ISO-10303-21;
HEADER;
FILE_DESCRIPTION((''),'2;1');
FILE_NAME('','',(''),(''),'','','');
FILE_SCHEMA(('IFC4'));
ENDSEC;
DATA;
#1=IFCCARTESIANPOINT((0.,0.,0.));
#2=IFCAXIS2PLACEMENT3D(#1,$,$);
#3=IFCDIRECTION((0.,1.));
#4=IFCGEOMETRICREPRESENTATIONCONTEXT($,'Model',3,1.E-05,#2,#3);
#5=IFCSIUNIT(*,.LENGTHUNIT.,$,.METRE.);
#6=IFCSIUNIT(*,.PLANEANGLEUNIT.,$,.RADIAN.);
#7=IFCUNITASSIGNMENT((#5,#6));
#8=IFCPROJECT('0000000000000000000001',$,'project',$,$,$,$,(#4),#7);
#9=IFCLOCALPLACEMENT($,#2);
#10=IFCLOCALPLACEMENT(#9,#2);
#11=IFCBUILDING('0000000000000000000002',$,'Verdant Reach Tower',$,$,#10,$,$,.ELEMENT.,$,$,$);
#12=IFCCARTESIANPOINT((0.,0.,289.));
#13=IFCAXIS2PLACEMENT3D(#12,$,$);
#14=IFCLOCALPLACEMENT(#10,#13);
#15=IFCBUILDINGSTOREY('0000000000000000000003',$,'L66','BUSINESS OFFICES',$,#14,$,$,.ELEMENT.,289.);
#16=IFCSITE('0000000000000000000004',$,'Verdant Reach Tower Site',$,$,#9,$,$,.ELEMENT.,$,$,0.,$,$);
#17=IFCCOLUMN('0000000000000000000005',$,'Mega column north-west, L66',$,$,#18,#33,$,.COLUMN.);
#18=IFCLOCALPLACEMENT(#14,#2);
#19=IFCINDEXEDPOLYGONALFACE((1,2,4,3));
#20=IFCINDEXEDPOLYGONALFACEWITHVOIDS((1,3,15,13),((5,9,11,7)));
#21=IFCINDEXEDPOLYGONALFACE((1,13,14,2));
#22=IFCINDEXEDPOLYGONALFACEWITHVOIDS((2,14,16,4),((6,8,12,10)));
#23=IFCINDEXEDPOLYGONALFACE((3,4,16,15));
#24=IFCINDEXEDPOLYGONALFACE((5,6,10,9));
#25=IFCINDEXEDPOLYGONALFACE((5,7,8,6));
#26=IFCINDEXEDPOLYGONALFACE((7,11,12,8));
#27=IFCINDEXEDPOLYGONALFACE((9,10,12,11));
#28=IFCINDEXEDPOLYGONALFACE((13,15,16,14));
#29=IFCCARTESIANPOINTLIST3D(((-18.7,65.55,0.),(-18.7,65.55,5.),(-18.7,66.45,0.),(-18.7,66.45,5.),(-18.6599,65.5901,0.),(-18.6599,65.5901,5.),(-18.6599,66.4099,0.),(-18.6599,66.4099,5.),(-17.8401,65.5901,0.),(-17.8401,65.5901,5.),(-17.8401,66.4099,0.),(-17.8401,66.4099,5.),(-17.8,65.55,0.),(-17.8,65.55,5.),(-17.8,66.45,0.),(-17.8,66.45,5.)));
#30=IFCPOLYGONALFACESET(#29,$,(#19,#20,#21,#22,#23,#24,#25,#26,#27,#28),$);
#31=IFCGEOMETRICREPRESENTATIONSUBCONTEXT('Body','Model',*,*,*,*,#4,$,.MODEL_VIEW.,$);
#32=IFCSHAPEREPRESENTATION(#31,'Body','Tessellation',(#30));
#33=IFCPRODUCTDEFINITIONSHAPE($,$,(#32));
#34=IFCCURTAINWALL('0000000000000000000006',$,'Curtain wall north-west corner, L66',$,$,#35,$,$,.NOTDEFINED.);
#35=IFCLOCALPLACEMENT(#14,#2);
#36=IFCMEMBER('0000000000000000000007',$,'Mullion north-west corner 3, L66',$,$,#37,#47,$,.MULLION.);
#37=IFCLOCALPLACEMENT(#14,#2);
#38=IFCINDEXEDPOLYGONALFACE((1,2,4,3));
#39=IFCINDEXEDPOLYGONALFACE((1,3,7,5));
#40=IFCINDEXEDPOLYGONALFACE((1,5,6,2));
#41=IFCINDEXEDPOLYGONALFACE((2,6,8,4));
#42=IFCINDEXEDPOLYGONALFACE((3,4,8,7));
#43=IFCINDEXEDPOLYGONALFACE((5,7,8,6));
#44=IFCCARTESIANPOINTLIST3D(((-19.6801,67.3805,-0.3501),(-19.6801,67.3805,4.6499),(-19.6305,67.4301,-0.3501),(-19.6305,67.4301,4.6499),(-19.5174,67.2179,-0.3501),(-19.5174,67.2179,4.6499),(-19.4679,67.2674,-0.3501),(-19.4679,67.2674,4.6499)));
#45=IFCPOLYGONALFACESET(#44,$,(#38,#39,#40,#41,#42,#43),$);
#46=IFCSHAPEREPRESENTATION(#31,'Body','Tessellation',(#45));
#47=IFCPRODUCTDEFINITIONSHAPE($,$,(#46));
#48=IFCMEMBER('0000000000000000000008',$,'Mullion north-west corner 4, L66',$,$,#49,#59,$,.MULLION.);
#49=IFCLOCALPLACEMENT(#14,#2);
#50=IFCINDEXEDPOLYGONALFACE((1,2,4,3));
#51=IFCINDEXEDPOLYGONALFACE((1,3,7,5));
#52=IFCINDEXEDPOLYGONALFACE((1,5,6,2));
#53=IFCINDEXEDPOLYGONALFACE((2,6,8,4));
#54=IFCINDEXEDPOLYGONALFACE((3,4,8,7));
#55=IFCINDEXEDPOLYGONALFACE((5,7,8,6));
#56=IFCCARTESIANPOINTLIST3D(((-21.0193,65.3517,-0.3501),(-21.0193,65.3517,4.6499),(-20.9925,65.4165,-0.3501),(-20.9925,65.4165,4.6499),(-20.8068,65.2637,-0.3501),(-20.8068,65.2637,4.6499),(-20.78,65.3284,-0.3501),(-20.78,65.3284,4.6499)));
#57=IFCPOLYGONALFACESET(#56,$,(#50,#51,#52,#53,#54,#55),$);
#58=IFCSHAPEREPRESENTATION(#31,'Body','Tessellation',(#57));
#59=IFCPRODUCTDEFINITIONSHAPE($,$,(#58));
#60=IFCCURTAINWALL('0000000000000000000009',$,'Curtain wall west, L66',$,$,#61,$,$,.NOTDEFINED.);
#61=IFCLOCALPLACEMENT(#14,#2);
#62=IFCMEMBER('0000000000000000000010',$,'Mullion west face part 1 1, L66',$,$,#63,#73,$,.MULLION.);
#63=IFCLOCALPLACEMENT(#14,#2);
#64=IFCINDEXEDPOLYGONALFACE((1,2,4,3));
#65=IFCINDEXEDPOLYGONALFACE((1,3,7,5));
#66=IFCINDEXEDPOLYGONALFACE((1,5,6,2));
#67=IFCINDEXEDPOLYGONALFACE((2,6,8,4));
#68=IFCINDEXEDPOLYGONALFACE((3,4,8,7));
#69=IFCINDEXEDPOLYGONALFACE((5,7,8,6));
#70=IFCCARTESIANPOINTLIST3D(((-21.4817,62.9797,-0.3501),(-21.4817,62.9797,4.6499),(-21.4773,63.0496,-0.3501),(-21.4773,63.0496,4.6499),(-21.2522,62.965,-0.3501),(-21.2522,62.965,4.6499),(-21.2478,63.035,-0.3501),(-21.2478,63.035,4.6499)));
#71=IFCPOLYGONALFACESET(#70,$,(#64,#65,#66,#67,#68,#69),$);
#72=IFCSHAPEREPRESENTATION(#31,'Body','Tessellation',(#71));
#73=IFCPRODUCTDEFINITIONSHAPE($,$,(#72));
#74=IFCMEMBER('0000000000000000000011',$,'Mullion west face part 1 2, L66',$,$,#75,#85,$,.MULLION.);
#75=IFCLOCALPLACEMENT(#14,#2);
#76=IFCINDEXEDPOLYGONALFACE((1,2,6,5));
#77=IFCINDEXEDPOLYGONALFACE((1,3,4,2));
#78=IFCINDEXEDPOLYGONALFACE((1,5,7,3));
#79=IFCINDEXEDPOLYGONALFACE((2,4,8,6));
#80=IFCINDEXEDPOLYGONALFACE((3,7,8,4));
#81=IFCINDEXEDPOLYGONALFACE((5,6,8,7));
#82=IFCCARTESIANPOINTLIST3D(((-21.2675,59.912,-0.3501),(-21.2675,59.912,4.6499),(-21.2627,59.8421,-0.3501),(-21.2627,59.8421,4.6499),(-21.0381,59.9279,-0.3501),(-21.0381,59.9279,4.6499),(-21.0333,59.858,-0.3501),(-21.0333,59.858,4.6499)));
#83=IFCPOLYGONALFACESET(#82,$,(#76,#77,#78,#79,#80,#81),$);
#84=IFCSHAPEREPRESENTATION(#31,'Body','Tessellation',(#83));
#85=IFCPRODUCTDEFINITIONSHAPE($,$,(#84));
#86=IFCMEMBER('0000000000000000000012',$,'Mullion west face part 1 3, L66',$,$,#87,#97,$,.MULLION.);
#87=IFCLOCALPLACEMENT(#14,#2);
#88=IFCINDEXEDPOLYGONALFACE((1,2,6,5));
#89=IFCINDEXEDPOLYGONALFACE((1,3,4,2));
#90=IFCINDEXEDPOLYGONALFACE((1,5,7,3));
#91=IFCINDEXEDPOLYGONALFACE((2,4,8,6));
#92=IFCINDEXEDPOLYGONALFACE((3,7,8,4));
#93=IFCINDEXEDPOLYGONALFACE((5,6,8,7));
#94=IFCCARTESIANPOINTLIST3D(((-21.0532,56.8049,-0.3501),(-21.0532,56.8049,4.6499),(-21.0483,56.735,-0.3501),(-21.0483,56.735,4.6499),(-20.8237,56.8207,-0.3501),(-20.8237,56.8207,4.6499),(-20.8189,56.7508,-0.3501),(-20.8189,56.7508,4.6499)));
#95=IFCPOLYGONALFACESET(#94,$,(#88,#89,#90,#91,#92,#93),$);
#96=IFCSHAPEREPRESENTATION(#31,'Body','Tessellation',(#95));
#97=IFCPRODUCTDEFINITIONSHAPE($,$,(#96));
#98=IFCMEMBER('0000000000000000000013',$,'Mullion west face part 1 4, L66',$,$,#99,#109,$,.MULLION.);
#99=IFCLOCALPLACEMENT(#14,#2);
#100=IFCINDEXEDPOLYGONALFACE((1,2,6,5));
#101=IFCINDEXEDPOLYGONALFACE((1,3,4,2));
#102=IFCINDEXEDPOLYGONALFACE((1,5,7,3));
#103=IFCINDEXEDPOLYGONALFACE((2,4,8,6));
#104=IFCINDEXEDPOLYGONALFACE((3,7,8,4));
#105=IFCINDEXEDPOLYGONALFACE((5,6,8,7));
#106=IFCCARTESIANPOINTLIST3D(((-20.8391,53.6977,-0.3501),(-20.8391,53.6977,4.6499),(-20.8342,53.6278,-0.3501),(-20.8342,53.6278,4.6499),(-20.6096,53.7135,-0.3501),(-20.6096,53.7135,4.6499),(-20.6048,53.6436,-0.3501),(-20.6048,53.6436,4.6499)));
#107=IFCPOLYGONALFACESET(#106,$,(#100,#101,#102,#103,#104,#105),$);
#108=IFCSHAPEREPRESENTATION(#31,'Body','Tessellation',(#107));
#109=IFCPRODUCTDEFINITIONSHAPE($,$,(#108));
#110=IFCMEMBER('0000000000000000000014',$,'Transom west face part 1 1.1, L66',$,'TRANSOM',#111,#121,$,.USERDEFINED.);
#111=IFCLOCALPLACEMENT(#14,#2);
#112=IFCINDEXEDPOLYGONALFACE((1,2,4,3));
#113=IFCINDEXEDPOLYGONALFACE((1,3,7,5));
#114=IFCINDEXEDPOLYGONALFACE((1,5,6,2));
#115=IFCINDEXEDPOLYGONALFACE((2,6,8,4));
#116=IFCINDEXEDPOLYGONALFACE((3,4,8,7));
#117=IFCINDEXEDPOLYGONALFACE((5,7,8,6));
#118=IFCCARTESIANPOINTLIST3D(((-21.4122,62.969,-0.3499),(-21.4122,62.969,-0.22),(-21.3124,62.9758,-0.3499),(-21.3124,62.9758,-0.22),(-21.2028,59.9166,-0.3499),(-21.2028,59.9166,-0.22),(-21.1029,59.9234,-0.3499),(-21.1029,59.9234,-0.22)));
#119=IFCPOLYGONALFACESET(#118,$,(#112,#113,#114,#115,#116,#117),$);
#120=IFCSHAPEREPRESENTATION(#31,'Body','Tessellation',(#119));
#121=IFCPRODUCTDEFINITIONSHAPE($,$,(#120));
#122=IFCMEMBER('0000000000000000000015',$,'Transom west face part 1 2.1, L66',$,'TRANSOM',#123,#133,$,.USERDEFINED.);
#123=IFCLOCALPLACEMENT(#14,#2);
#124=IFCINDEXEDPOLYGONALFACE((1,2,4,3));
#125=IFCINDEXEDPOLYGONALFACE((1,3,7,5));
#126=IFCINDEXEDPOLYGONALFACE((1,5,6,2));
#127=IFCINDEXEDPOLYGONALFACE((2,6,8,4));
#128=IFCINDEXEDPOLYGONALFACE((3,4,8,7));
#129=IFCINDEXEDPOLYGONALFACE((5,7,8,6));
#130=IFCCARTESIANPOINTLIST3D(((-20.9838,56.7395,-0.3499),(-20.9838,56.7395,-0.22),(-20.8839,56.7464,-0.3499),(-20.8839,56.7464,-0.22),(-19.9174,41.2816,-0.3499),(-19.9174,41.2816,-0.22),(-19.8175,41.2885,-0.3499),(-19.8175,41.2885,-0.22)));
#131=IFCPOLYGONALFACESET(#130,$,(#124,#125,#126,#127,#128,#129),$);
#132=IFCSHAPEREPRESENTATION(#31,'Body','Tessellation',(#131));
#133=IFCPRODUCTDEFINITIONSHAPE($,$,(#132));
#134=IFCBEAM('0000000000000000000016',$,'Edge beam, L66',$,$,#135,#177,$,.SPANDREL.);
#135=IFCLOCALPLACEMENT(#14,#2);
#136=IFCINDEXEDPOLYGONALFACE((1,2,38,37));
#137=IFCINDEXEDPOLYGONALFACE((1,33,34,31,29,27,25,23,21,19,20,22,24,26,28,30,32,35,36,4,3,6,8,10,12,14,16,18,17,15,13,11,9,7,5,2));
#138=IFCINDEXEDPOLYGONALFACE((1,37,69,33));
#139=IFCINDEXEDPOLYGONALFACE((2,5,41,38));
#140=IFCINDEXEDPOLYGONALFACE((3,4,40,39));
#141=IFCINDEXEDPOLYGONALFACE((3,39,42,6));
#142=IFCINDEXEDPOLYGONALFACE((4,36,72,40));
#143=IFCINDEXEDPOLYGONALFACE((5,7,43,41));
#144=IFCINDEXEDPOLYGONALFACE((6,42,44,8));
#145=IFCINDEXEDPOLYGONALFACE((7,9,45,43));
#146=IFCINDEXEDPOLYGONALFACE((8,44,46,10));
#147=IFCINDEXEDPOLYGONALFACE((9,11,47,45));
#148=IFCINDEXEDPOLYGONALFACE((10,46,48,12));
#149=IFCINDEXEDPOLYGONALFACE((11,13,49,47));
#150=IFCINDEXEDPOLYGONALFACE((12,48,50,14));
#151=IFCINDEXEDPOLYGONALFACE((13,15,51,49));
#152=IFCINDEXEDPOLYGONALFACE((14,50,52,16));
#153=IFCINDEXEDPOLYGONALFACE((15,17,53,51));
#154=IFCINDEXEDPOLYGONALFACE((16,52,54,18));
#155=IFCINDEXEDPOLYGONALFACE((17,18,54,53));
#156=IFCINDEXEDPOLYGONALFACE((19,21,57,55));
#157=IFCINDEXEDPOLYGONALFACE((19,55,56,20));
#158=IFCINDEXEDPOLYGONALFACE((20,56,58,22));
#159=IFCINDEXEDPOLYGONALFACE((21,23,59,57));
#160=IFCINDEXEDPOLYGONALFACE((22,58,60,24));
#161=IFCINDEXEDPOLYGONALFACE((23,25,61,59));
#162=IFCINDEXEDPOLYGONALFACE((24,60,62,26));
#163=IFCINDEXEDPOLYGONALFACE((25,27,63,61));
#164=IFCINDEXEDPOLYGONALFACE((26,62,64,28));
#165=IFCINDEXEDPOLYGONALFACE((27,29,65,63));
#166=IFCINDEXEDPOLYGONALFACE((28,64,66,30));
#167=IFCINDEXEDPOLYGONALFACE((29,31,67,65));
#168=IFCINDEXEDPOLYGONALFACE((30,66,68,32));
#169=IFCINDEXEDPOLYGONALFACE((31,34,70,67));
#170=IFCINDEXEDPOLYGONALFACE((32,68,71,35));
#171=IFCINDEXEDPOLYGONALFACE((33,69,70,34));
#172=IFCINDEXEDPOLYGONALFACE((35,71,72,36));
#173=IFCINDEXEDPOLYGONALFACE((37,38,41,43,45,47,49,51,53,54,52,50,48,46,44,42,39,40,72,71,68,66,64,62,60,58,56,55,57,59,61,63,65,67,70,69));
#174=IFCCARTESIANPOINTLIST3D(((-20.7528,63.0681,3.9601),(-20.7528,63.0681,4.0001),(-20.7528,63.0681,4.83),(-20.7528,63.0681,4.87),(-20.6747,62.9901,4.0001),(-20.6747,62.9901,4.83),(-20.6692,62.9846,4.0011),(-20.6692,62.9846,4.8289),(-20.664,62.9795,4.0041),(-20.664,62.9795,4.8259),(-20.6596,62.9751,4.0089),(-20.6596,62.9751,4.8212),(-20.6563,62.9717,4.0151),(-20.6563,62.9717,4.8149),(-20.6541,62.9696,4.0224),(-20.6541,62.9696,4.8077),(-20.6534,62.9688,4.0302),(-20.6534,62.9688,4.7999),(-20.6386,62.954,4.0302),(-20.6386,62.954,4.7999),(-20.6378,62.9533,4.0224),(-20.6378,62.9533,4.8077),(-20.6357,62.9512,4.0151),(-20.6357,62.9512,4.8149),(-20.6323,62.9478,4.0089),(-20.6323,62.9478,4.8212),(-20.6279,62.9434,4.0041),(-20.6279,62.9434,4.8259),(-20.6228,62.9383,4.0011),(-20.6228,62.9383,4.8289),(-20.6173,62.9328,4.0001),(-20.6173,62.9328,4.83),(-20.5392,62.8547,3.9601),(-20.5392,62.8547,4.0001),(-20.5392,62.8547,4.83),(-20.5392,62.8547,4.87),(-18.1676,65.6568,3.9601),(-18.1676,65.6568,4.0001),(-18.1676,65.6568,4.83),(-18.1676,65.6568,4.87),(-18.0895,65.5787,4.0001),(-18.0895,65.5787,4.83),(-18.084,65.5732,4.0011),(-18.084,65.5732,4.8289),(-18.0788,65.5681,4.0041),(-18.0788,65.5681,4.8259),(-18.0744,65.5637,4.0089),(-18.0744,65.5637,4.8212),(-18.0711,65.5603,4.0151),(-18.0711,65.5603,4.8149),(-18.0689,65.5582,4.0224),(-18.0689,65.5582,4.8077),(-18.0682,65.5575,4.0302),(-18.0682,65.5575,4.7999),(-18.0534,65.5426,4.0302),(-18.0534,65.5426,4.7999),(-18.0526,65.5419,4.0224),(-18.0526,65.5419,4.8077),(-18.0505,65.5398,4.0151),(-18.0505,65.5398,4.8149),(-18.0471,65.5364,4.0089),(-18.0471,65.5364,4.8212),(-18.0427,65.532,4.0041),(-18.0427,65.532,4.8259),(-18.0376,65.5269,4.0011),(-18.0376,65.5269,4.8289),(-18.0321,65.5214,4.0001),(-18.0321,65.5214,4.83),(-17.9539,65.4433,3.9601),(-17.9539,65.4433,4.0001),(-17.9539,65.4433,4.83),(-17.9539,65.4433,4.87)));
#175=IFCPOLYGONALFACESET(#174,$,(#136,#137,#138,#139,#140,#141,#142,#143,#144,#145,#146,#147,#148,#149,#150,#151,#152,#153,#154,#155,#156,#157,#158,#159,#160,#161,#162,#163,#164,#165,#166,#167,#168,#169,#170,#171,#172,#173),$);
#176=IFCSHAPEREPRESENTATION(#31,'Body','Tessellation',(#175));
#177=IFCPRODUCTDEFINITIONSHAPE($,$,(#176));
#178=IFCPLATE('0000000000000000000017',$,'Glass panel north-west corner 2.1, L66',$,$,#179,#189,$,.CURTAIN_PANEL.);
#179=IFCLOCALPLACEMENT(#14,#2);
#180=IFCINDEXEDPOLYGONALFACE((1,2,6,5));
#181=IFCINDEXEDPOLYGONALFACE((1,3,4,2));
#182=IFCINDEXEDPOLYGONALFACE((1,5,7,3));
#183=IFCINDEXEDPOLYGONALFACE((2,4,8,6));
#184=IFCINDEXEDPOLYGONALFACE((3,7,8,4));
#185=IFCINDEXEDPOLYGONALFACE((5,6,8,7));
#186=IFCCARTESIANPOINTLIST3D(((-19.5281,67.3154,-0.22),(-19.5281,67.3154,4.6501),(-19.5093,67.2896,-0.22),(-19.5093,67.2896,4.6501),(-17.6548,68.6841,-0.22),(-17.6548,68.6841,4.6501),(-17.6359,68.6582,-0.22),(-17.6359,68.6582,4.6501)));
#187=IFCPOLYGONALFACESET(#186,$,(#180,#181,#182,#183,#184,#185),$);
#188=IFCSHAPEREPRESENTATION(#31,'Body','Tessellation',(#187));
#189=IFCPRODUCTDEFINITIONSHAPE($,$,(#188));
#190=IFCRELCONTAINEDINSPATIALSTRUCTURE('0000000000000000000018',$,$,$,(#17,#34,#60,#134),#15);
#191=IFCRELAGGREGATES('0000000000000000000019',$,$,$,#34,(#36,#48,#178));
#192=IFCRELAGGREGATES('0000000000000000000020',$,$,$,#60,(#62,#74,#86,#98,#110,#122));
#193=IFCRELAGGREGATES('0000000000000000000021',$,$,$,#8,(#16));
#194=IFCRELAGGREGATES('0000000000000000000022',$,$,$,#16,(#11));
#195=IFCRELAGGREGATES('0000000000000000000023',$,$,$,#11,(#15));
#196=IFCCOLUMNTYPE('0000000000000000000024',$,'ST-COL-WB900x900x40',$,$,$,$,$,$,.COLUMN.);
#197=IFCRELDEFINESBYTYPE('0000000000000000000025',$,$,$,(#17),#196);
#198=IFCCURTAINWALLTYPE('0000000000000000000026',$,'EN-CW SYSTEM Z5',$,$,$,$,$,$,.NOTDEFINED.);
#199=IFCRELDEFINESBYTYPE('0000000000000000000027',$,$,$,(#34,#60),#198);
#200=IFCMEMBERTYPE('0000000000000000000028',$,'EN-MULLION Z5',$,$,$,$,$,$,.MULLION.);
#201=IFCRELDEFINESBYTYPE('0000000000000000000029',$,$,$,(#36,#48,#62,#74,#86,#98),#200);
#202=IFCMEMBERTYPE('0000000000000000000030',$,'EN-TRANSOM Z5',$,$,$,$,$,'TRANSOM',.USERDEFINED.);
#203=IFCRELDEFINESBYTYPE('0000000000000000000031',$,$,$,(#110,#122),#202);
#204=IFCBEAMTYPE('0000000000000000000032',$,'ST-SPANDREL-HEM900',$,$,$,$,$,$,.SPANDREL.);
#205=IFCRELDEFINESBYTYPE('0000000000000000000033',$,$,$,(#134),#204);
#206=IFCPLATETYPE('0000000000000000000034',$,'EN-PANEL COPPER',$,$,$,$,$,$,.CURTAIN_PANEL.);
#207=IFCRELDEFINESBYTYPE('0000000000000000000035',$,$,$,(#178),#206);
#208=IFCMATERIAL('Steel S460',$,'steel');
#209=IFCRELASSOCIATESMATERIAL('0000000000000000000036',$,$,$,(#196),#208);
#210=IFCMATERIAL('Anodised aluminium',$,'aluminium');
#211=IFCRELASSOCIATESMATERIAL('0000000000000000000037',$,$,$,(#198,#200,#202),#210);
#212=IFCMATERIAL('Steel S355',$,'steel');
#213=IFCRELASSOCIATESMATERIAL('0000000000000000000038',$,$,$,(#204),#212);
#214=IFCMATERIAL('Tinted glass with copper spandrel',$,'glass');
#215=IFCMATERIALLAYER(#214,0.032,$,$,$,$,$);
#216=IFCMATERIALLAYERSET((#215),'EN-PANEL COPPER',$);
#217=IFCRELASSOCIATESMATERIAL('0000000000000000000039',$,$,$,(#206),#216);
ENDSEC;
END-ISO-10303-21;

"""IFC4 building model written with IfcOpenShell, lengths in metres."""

from ifc_helpers import new_model, si_unit, direction, frame, origin, origin_2d, place, context, subcontext, project, spatial, rectangle, hollow_rectangle, i_section, extrude, material, layer, layer_set, material_profile, profile_set, type_object, element, aggregate, save


model = new_model("IFC4")

# Units and contexts
model_context = context("Model", 3, precision=1e-05, world=origin(), true_north=direction((0.0, 1.0)))
body_context = subcontext(model_context, "Body", "Model", "MODEL_VIEW")
ifc_project = project(units=[si_unit("LENGTHUNIT", "METRE"), si_unit("PLANEANGLEUNIT", "RADIAN")], contexts=[model_context])

# Site, building, storey
site_placement = place(None, origin())
site = spatial("IfcSite", under=ifc_project, at=site_placement, Name="Verdant Reach Tower Site", CompositionType="ELEMENT", RefElevation=0.0)
building_placement = place(site_placement, origin())
building = spatial("IfcBuilding", under=site, at=building_placement, Name="Verdant Reach Tower", CompositionType="ELEMENT")
storey_placement = place(building_placement, frame((0.0, 0.0, 289.0)))
storey = spatial("IfcBuildingStorey", under=building, at=storey_placement, Name="L66", Description="BUSINESS OFFICES", CompositionType="ELEMENT", Elevation=289.0)

# Column
ifc_material_1 = material(Name="Steel S460", Category="steel")
ifc_material_profile_1 = material_profile(ifc_material_1, hollow_rectangle(XDim=0.8999, YDim=0.8999, WallThickness=0.04, at=origin_2d()), Name="WB 900x900x40")
ifc_profile_set_1 = profile_set([ifc_material_profile_1], Name="Steel S460")
column_type = type_object("IfcColumnType", Name="ST-COL-WB900x900x40", PredefinedType="COLUMN", material=ifc_profile_set_1)
column_placement = place(storey_placement, frame((-18.25, 66.0, 0.0), z_axis=(0.0, 0.0, 1.0), x_axis=(1.0, 0.0, 0.0)))
element("IfcColumn", 1, at=column_placement, inside=storey, type_object=column_type, Name="Mega column north-west, L66", PredefinedType="COLUMN", context=body_context, shape_type="SweptSolid", body=[
    extrude(hollow_rectangle(XDim=0.8999, YDim=0.8999, WallThickness=0.04, at=origin_2d()), origin(), (0.0, 0.0, 1.0), 5.0),
])

# Curtain walls, members
ifc_material_2 = material(Name="Anodised aluminium", Category="aluminium")
curtain_wall_type = type_object("IfcCurtainWallType", Name="EN-CW SYSTEM Z5", PredefinedType="NOTDEFINED", material=ifc_material_2)
curtain_wall_1_placement = place(storey_placement, origin())
curtain_wall_1 = element("IfcCurtainWall", 2, at=curtain_wall_1_placement, inside=storey, type_object=curtain_wall_type, Name="Curtain wall north-west corner, L66", PredefinedType="NOTDEFINED")
ifc_material_profile_2 = material_profile(ifc_material_2, rectangle(XDim=0.23, YDim=0.0701, at=origin_2d()), Name="Mullion 70x230")
ifc_profile_set_2 = profile_set([ifc_material_profile_2], Name="Anodised aluminium")
member_type_1 = type_object("IfcMemberType", Name="EN-MULLION Z5", PredefinedType="MULLION", material=ifc_profile_set_2)
member_1_placement = place(storey_placement, frame((-19.574, 67.324, -0.3501), z_axis=(0.0, 0.0, 1.0), x_axis=(-0.707107, 0.707107, 0.0)))
member_1 = element("IfcMember", 3, at=member_1_placement, type_object=member_type_1, Name="Mullion north-west corner 3, L66", PredefinedType="MULLION", context=body_context, shape_type="SweptSolid", body=[
    extrude(rectangle(XDim=0.23, YDim=0.0701, at=origin_2d()), origin(), (0.0, 0.0, 1.0), 5.0),
])
member_2_placement = place(storey_placement, frame((-20.8997, 65.3401, -0.3501), z_axis=(0.0, 0.0, 1.0), x_axis=(-0.923875, 0.382694, 0.0)))
member_2 = element("IfcMember", 4, at=member_2_placement, type_object=member_type_1, Name="Mullion north-west corner 4, L66", PredefinedType="MULLION", context=body_context, shape_type="SweptSolid", body=[
    extrude(rectangle(XDim=0.23, YDim=0.0701, at=origin_2d()), origin(), (0.0, 0.0, 1.0), 5.0),
])
curtain_wall_2_placement = place(storey_placement, origin())
curtain_wall_2 = element("IfcCurtainWall", 5, at=curtain_wall_2_placement, inside=storey, type_object=curtain_wall_type, Name="Curtain wall west, L66", PredefinedType="NOTDEFINED")
member_3_placement = place(storey_placement, frame((-21.3647, 63.0073, -0.3501), z_axis=(0.0, 0.0, 1.0), x_axis=(-0.997969, 0.063699, 0.0)))
member_3 = element("IfcMember", 6, at=member_3_placement, type_object=member_type_1, Name="Mullion west face part 1 1, L66", PredefinedType="MULLION", context=body_context, shape_type="SweptSolid", body=[
    extrude(rectangle(XDim=0.23, YDim=0.0701, at=origin_2d()), origin(), (0.0, 0.0, 1.0), 5.0),
])
member_4_placement = place(storey_placement, frame((-21.1504, 59.885, -0.3501), z_axis=(0.0, 0.0, 1.0), x_axis=(-0.99763, -0.068802, 0.0)))
member_4 = element("IfcMember", 7, at=member_4_placement, type_object=member_type_1, Name="Mullion west face part 1 2, L66", PredefinedType="MULLION", context=body_context, shape_type="SweptSolid", body=[
    extrude(rectangle(XDim=0.23, YDim=0.0701, at=origin_2d()), origin(), (0.0, 0.0, 1.0), 5.0),
])
member_5_placement = place(storey_placement, frame((-20.936, 56.7778, -0.3501), z_axis=(0.0, 0.0, 1.0), x_axis=(-0.99763, -0.068802, 0.0)))
member_5 = element("IfcMember", 8, at=member_5_placement, type_object=member_type_1, Name="Mullion west face part 1 3, L66", PredefinedType="MULLION", context=body_context, shape_type="SweptSolid", body=[
    extrude(rectangle(XDim=0.23, YDim=0.0701, at=origin_2d()), origin(), (0.0, 0.0, 1.0), 5.0),
])
member_6_placement = place(storey_placement, frame((-20.7219, 53.6707, -0.3501), z_axis=(0.0, 0.0, 1.0), x_axis=(-0.99763, -0.068802, 0.0)))
member_6 = element("IfcMember", 9, at=member_6_placement, type_object=member_type_1, Name="Mullion west face part 1 4, L66", PredefinedType="MULLION", context=body_context, shape_type="SweptSolid", body=[
    extrude(rectangle(XDim=0.23, YDim=0.0701, at=origin_2d()), origin(), (0.0, 0.0, 1.0), 5.0),
])
ifc_material_profile_3 = material_profile(ifc_material_2, rectangle(XDim=0.1001, YDim=0.1299, at=origin_2d()), Name="Transom 130x100")
ifc_profile_set_3 = profile_set([ifc_material_profile_3], Name="Anodised aluminium")
member_type_2 = type_object("IfcMemberType", Name="EN-TRANSOM Z5", ElementType="TRANSOM", PredefinedType="USERDEFINED", material=ifc_profile_set_3)
member_7_placement = place(storey_placement, frame((-21.3623, 62.9724, -0.2849), z_axis=(0.068463, -0.997654, 0.0), x_axis=(0.997654, 0.068463, 0.0)))
member_7 = element("IfcMember", 10, at=member_7_placement, type_object=member_type_2, Name="Transom west face part 1 1.1, L66", ObjectType="TRANSOM", PredefinedType="USERDEFINED", context=body_context, shape_type="SweptSolid", body=[
    extrude(rectangle(XDim=0.1001, YDim=0.1299, at=origin_2d()), origin(), (0.0, 0.0, 1.0), 3.0596),
])
member_8_placement = place(storey_placement, frame((-20.9338, 56.7429, -0.2849), z_axis=(0.068824, -0.997629, 0.0), x_axis=(0.997629, 0.068824, 0.0)))
member_8 = element("IfcMember", 11, at=member_8_placement, type_object=member_type_2, Name="Transom west face part 1 2.1, L66", ObjectType="TRANSOM", PredefinedType="USERDEFINED", context=body_context, shape_type="SweptSolid", body=[
    extrude(rectangle(XDim=0.1001, YDim=0.1299, at=origin_2d()), origin(), (0.0, 0.0, 1.0), 15.4946),
])

# Beam
ifc_material_3 = material(Name="Steel S355", Category="steel")
ifc_material_profile_4 = material_profile(ifc_material_3, i_section(OverallWidth=0.302, OverallDepth=0.9099, WebThickness=0.021, FlangeThickness=0.04, FilletRadius=0.03, at=origin_2d()), Name="HEM 900")
ifc_profile_set_4 = profile_set([ifc_material_profile_4], Name="Steel S355")
beam_type = type_object("IfcBeamType", Name="ST-SPANDREL-HEM900", PredefinedType="SPANDREL", material=ifc_profile_set_4)
beam_placement = place(storey_placement, frame((-20.646, 62.9614, 4.415), z_axis=(0.706639, 0.707574, 0.0), x_axis=(-0.707574, 0.706639, 0.0)))
element("IfcBeam", 12, at=beam_placement, inside=storey, type_object=beam_type, Name="Edge beam, L66", PredefinedType="SPANDREL", context=body_context, shape_type="SweptSolid", body=[
    extrude(i_section(OverallWidth=0.302, OverallDepth=0.9099, WebThickness=0.021, FlangeThickness=0.04, FilletRadius=0.03, at=origin_2d()), origin(), (0.0, 0.0, 1.0), 3.6584),
])

# Plate
ifc_material_4 = material(Name="Tinted glass with copper spandrel", Category="glass")
ifc_layer_1 = layer(ifc_material_4, 0.032)
ifc_layer_set_1 = layer_set([ifc_layer_1], Name="EN-PANEL COPPER")
plate_type_1 = type_object("IfcPlateType", Name="EN-PANEL COPPER", PredefinedType="CURTAIN_PANEL", material=ifc_layer_set_1)
plate_1_placement = place(storey_placement, frame((-18.582, 67.9868, -0.22), z_axis=(0.0, 0.0, 1.0), x_axis=(-0.807457, -0.589927, 0.0)))
plate_1 = element("IfcPlate", 13, at=plate_1_placement, type_object=plate_type_1, Name="Glass panel north-west corner 2.1, L66", PredefinedType="CURTAIN_PANEL", context=body_context, shape_type="SweptSolid", body=[
    extrude(rectangle(XDim=2.3201, YDim=0.032, at=origin_2d()), origin(), (0.0, 0.0, 1.0), 4.8701),
])
aggregate(curtain_wall_1, [member_1, member_2, plate_1])
aggregate(curtain_wall_2, [member_3, member_4, member_5, member_6, member_7, member_8])

save(model, "model.ifc")
